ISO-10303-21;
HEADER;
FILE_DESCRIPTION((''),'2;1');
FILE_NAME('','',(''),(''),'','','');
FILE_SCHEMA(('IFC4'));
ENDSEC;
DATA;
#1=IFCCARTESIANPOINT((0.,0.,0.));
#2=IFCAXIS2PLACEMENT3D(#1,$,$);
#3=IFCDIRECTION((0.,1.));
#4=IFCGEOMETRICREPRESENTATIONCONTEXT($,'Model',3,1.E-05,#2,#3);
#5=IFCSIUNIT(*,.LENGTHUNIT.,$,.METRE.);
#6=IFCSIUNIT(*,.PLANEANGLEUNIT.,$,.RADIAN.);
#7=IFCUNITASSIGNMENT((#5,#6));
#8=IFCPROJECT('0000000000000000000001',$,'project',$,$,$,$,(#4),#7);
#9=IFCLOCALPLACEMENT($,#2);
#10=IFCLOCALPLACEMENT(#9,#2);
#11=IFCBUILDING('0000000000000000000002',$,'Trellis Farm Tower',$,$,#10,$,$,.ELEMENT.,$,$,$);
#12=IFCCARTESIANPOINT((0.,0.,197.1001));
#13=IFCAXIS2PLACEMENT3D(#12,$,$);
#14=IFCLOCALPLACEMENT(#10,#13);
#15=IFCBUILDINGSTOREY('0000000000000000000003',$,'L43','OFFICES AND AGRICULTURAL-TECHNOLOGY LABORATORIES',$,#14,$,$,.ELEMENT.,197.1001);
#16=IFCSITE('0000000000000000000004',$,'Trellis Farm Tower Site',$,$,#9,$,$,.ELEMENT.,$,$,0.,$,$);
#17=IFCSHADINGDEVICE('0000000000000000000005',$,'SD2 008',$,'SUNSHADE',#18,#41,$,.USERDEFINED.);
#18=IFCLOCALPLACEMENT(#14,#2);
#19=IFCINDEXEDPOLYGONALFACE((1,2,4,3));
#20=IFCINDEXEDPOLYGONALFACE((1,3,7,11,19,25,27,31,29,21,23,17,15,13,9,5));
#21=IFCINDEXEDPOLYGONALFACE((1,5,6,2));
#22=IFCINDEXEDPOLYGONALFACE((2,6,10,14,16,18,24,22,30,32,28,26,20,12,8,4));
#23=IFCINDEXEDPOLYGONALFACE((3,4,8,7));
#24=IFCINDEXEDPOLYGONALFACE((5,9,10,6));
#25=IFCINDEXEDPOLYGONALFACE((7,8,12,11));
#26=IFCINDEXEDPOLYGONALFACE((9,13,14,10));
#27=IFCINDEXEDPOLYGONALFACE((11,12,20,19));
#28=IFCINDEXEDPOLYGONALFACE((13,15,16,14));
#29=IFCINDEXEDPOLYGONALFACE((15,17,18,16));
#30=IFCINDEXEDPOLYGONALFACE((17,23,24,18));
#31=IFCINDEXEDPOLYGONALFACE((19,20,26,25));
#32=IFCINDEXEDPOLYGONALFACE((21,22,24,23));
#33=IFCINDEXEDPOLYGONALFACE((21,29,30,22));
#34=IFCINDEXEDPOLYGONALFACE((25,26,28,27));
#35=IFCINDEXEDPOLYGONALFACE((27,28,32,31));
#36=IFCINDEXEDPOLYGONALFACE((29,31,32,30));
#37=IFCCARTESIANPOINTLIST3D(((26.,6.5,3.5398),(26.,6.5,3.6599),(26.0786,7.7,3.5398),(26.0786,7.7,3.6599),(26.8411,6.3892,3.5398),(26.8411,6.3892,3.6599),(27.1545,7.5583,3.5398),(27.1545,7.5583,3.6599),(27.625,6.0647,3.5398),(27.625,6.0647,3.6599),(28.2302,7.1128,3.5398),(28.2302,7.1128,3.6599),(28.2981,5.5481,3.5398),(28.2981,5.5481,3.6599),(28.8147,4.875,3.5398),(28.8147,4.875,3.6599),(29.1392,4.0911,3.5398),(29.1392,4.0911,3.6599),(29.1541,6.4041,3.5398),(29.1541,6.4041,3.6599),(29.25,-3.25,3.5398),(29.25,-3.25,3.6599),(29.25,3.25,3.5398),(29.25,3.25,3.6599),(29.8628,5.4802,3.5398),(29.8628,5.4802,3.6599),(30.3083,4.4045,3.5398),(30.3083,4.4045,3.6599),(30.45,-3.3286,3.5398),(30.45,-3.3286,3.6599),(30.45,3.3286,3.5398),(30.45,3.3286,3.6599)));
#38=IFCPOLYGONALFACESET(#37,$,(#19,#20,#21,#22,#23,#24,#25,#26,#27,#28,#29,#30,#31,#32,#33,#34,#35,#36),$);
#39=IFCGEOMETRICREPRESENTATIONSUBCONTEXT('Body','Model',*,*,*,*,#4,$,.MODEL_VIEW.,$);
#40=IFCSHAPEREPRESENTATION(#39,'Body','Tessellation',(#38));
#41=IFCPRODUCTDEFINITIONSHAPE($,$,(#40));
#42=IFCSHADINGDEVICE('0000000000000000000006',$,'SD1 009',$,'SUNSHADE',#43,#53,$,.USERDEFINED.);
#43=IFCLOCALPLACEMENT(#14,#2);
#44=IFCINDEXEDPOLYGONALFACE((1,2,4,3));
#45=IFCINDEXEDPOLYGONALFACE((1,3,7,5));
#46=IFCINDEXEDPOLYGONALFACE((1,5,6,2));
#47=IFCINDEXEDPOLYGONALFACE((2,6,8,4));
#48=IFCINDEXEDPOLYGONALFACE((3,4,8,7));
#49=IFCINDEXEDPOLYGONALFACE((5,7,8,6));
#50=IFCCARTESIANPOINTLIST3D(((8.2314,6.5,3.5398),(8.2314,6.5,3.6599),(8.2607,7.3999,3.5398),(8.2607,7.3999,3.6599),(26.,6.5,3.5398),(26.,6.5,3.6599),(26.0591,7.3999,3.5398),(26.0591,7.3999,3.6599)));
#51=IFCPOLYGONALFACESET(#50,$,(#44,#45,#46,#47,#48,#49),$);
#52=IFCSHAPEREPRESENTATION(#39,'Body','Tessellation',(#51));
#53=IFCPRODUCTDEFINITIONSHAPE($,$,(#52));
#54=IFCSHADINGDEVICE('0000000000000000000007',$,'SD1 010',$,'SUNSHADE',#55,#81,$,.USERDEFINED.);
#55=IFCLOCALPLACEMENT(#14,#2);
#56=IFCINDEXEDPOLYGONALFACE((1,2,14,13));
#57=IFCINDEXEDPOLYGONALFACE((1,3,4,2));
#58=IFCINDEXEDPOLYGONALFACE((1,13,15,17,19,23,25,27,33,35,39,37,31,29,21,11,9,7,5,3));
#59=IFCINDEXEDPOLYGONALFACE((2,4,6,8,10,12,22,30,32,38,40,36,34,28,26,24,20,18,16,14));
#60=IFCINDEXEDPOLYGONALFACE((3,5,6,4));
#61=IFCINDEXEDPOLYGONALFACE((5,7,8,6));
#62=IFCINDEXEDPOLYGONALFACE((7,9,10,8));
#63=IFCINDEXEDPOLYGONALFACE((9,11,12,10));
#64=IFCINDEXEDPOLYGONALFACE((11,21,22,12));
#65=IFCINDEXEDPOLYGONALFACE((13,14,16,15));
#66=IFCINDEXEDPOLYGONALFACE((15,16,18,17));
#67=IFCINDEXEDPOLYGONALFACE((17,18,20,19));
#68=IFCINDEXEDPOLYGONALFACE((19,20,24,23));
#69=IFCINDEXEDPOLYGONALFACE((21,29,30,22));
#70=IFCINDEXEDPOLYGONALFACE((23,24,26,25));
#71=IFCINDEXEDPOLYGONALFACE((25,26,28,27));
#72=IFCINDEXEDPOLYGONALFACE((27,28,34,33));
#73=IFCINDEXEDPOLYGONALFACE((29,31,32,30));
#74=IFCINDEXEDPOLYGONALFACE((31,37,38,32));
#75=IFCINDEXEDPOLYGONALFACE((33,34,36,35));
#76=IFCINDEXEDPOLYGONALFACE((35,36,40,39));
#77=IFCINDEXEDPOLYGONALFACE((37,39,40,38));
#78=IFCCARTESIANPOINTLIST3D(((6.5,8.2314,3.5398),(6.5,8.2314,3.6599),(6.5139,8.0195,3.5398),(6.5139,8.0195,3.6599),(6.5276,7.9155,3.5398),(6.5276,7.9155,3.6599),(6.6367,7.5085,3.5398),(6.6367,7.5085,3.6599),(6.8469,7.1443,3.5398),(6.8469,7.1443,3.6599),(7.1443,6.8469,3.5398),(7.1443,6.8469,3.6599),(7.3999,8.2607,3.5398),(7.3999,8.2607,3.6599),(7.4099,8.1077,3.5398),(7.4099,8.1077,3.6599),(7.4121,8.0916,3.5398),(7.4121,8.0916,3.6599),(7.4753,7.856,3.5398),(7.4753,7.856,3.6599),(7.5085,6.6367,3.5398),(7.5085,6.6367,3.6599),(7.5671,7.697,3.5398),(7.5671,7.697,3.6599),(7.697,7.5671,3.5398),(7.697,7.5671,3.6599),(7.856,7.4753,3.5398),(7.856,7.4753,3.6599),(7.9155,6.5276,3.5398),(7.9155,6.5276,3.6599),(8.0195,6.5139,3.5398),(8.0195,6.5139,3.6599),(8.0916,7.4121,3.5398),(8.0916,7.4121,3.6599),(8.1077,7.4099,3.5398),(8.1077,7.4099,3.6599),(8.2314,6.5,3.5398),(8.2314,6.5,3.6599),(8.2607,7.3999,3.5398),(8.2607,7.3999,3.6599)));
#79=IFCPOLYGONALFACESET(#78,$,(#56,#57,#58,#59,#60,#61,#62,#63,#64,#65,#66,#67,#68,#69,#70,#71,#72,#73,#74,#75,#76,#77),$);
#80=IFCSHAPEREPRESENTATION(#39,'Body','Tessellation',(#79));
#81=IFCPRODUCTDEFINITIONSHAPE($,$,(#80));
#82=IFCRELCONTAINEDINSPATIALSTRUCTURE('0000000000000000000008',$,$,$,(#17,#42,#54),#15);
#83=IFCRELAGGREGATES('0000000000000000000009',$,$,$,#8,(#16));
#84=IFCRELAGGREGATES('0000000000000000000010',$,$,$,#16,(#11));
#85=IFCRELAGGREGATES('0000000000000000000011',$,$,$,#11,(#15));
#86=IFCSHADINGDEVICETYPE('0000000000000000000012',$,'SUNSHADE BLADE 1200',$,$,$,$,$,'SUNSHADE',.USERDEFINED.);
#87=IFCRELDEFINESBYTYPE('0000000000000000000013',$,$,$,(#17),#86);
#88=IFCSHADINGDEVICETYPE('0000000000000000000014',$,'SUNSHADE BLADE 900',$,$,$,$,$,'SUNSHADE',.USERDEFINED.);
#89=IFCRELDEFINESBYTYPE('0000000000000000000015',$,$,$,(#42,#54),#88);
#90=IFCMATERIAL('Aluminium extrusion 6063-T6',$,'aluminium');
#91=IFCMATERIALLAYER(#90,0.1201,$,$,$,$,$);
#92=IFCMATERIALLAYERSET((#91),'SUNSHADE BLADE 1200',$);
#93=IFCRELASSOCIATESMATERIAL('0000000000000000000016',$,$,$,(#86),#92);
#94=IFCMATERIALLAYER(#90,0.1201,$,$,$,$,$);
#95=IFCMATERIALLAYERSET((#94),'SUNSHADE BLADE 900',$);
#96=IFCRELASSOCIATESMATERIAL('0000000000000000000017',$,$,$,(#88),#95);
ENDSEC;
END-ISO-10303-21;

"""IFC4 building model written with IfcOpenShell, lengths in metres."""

from ifc_helpers import new_model, si_unit, direction, frame, origin, place, context, subcontext, project, spatial, polyline, outline, extrude, source, transform, mapped, material, layer, layer_set, type_object, element, save


model = new_model("IFC4")

# Units and contexts
model_context = context("Model", 3, precision=1e-05, world=origin(), true_north=direction((0.0, 1.0)))
body_context = subcontext(model_context, "Body", "Model", "MODEL_VIEW")
ifc_project = project(units=[si_unit("LENGTHUNIT", "METRE"), si_unit("PLANEANGLEUNIT", "RADIAN")], contexts=[model_context])

# Site, building, storey
site_placement = place(None, origin())
site = spatial("IfcSite", under=ifc_project, at=site_placement, Name="Trellis Farm Tower Site", CompositionType="ELEMENT", RefElevation=0.0)
building_placement = place(site_placement, origin())
building = spatial("IfcBuilding", under=site, at=building_placement, Name="Trellis Farm Tower", CompositionType="ELEMENT")
storey_placement = place(building_placement, frame((0.0, 0.0, 197.1001)))
storey = spatial("IfcBuildingStorey", under=building, at=storey_placement, Name="L43", Description="OFFICES AND AGRICULTURAL-TECHNOLOGY LABORATORIES", CompositionType="ELEMENT", Elevation=197.1001)

# Shared definitions
ifc_material_1 = material(Name="Aluminium extrusion 6063-T6", Category="aluminium")

# Shading devices
ifc_layer_1 = layer(ifc_material_1, 0.1201)
ifc_layer_set_1 = layer_set([ifc_layer_1], Name="SUNSHADE BLADE 1200")
shading_device_type_1 = type_object("IfcShadingDeviceType", Name="SUNSHADE BLADE 1200", ElementType="SUNSHADE", PredefinedType="USERDEFINED", material=ifc_layer_set_1)
placement_1 = place(storey_placement, frame((0.0, 0.0, 3.5398)))
ifc_layer_2 = layer(ifc_material_1, 0.1201)
ifc_layer_set_2 = layer_set([ifc_layer_2], Name="SUNSHADE BLADE 900")
shading_device_type_2 = type_object("IfcShadingDeviceType", Name="SUNSHADE BLADE 900", ElementType="SUNSHADE", PredefinedType="USERDEFINED", material=ifc_layer_set_2)
shared_shape_1 = source(origin(), body_context, "Body", "SweptSolid", [
    extrude(outline(polyline([(30.45, -3.3286), (30.45, 3.3286), (30.3083, 4.4045), (29.8628, 5.4802), (29.1541, 6.4041), (28.2302, 7.1128), (27.1545, 7.5583), (26.0786, 7.7), (26.0, 6.5), (26.8411, 6.3892), (27.625, 6.0647), (28.2981, 5.5481), (28.8147, 4.875), (29.1392, 4.0911), (29.25, 3.25), (29.25, -3.25), (30.45, -3.3286)])), origin(), (0.0, 0.0, 1.0), 0.1201),
])
element("IfcShadingDevice", 1, at=placement_1, inside=storey, type_object=shading_device_type_1, Name="SD2 008", ObjectType="SUNSHADE", PredefinedType="USERDEFINED", context=body_context, shape_type="MappedRepresentation", body=[
    mapped(shared_shape_1, transform((0.0, 0.0, 0.0))),
])
shared_shape_2 = source(origin(), body_context, "Body", "SweptSolid", [
    extrude(outline(polyline([(26.0591, 7.3999), (8.2607, 7.3999), (8.2314, 6.5), (26.0, 6.5), (26.0591, 7.3999)])), origin(), (0.0, 0.0, 1.0), 0.1201),
])
element("IfcShadingDevice", 2, at=placement_1, inside=storey, type_object=shading_device_type_2, Name="SD1 009", ObjectType="SUNSHADE", PredefinedType="USERDEFINED", context=body_context, shape_type="MappedRepresentation", body=[
    mapped(shared_shape_2, transform((0.0, 0.0, 0.0))),
])
shared_shape_3 = source(origin(), body_context, "Body", "SweptSolid", [
    extrude(outline(polyline([(8.2607, 7.3999), (8.1077, 7.4099), (8.0916, 7.4121), (7.856, 7.4753), (7.697, 7.5671), (7.5671, 7.697), (7.4753, 7.856), (7.4121, 8.0916), (7.4099, 8.1077), (7.3999, 8.2607), (6.5, 8.2314), (6.5139, 8.0195), (6.5276, 7.9155), (6.6367, 7.5085), (6.8469, 7.1443), (7.1443, 6.8469), (7.5085, 6.6367), (7.9155, 6.5276), (8.0195, 6.5139), (8.2314, 6.5), (8.2607, 7.3999)])), origin(), (0.0, 0.0, 1.0), 0.1201),
])
element("IfcShadingDevice", 3, at=placement_1, inside=storey, type_object=shading_device_type_2, Name="SD1 010", ObjectType="SUNSHADE", PredefinedType="USERDEFINED", context=body_context, shape_type="MappedRepresentation", body=[
    mapped(shared_shape_3, transform((0.0, 0.0, 0.0))),
])

save(model, "model.ifc")
